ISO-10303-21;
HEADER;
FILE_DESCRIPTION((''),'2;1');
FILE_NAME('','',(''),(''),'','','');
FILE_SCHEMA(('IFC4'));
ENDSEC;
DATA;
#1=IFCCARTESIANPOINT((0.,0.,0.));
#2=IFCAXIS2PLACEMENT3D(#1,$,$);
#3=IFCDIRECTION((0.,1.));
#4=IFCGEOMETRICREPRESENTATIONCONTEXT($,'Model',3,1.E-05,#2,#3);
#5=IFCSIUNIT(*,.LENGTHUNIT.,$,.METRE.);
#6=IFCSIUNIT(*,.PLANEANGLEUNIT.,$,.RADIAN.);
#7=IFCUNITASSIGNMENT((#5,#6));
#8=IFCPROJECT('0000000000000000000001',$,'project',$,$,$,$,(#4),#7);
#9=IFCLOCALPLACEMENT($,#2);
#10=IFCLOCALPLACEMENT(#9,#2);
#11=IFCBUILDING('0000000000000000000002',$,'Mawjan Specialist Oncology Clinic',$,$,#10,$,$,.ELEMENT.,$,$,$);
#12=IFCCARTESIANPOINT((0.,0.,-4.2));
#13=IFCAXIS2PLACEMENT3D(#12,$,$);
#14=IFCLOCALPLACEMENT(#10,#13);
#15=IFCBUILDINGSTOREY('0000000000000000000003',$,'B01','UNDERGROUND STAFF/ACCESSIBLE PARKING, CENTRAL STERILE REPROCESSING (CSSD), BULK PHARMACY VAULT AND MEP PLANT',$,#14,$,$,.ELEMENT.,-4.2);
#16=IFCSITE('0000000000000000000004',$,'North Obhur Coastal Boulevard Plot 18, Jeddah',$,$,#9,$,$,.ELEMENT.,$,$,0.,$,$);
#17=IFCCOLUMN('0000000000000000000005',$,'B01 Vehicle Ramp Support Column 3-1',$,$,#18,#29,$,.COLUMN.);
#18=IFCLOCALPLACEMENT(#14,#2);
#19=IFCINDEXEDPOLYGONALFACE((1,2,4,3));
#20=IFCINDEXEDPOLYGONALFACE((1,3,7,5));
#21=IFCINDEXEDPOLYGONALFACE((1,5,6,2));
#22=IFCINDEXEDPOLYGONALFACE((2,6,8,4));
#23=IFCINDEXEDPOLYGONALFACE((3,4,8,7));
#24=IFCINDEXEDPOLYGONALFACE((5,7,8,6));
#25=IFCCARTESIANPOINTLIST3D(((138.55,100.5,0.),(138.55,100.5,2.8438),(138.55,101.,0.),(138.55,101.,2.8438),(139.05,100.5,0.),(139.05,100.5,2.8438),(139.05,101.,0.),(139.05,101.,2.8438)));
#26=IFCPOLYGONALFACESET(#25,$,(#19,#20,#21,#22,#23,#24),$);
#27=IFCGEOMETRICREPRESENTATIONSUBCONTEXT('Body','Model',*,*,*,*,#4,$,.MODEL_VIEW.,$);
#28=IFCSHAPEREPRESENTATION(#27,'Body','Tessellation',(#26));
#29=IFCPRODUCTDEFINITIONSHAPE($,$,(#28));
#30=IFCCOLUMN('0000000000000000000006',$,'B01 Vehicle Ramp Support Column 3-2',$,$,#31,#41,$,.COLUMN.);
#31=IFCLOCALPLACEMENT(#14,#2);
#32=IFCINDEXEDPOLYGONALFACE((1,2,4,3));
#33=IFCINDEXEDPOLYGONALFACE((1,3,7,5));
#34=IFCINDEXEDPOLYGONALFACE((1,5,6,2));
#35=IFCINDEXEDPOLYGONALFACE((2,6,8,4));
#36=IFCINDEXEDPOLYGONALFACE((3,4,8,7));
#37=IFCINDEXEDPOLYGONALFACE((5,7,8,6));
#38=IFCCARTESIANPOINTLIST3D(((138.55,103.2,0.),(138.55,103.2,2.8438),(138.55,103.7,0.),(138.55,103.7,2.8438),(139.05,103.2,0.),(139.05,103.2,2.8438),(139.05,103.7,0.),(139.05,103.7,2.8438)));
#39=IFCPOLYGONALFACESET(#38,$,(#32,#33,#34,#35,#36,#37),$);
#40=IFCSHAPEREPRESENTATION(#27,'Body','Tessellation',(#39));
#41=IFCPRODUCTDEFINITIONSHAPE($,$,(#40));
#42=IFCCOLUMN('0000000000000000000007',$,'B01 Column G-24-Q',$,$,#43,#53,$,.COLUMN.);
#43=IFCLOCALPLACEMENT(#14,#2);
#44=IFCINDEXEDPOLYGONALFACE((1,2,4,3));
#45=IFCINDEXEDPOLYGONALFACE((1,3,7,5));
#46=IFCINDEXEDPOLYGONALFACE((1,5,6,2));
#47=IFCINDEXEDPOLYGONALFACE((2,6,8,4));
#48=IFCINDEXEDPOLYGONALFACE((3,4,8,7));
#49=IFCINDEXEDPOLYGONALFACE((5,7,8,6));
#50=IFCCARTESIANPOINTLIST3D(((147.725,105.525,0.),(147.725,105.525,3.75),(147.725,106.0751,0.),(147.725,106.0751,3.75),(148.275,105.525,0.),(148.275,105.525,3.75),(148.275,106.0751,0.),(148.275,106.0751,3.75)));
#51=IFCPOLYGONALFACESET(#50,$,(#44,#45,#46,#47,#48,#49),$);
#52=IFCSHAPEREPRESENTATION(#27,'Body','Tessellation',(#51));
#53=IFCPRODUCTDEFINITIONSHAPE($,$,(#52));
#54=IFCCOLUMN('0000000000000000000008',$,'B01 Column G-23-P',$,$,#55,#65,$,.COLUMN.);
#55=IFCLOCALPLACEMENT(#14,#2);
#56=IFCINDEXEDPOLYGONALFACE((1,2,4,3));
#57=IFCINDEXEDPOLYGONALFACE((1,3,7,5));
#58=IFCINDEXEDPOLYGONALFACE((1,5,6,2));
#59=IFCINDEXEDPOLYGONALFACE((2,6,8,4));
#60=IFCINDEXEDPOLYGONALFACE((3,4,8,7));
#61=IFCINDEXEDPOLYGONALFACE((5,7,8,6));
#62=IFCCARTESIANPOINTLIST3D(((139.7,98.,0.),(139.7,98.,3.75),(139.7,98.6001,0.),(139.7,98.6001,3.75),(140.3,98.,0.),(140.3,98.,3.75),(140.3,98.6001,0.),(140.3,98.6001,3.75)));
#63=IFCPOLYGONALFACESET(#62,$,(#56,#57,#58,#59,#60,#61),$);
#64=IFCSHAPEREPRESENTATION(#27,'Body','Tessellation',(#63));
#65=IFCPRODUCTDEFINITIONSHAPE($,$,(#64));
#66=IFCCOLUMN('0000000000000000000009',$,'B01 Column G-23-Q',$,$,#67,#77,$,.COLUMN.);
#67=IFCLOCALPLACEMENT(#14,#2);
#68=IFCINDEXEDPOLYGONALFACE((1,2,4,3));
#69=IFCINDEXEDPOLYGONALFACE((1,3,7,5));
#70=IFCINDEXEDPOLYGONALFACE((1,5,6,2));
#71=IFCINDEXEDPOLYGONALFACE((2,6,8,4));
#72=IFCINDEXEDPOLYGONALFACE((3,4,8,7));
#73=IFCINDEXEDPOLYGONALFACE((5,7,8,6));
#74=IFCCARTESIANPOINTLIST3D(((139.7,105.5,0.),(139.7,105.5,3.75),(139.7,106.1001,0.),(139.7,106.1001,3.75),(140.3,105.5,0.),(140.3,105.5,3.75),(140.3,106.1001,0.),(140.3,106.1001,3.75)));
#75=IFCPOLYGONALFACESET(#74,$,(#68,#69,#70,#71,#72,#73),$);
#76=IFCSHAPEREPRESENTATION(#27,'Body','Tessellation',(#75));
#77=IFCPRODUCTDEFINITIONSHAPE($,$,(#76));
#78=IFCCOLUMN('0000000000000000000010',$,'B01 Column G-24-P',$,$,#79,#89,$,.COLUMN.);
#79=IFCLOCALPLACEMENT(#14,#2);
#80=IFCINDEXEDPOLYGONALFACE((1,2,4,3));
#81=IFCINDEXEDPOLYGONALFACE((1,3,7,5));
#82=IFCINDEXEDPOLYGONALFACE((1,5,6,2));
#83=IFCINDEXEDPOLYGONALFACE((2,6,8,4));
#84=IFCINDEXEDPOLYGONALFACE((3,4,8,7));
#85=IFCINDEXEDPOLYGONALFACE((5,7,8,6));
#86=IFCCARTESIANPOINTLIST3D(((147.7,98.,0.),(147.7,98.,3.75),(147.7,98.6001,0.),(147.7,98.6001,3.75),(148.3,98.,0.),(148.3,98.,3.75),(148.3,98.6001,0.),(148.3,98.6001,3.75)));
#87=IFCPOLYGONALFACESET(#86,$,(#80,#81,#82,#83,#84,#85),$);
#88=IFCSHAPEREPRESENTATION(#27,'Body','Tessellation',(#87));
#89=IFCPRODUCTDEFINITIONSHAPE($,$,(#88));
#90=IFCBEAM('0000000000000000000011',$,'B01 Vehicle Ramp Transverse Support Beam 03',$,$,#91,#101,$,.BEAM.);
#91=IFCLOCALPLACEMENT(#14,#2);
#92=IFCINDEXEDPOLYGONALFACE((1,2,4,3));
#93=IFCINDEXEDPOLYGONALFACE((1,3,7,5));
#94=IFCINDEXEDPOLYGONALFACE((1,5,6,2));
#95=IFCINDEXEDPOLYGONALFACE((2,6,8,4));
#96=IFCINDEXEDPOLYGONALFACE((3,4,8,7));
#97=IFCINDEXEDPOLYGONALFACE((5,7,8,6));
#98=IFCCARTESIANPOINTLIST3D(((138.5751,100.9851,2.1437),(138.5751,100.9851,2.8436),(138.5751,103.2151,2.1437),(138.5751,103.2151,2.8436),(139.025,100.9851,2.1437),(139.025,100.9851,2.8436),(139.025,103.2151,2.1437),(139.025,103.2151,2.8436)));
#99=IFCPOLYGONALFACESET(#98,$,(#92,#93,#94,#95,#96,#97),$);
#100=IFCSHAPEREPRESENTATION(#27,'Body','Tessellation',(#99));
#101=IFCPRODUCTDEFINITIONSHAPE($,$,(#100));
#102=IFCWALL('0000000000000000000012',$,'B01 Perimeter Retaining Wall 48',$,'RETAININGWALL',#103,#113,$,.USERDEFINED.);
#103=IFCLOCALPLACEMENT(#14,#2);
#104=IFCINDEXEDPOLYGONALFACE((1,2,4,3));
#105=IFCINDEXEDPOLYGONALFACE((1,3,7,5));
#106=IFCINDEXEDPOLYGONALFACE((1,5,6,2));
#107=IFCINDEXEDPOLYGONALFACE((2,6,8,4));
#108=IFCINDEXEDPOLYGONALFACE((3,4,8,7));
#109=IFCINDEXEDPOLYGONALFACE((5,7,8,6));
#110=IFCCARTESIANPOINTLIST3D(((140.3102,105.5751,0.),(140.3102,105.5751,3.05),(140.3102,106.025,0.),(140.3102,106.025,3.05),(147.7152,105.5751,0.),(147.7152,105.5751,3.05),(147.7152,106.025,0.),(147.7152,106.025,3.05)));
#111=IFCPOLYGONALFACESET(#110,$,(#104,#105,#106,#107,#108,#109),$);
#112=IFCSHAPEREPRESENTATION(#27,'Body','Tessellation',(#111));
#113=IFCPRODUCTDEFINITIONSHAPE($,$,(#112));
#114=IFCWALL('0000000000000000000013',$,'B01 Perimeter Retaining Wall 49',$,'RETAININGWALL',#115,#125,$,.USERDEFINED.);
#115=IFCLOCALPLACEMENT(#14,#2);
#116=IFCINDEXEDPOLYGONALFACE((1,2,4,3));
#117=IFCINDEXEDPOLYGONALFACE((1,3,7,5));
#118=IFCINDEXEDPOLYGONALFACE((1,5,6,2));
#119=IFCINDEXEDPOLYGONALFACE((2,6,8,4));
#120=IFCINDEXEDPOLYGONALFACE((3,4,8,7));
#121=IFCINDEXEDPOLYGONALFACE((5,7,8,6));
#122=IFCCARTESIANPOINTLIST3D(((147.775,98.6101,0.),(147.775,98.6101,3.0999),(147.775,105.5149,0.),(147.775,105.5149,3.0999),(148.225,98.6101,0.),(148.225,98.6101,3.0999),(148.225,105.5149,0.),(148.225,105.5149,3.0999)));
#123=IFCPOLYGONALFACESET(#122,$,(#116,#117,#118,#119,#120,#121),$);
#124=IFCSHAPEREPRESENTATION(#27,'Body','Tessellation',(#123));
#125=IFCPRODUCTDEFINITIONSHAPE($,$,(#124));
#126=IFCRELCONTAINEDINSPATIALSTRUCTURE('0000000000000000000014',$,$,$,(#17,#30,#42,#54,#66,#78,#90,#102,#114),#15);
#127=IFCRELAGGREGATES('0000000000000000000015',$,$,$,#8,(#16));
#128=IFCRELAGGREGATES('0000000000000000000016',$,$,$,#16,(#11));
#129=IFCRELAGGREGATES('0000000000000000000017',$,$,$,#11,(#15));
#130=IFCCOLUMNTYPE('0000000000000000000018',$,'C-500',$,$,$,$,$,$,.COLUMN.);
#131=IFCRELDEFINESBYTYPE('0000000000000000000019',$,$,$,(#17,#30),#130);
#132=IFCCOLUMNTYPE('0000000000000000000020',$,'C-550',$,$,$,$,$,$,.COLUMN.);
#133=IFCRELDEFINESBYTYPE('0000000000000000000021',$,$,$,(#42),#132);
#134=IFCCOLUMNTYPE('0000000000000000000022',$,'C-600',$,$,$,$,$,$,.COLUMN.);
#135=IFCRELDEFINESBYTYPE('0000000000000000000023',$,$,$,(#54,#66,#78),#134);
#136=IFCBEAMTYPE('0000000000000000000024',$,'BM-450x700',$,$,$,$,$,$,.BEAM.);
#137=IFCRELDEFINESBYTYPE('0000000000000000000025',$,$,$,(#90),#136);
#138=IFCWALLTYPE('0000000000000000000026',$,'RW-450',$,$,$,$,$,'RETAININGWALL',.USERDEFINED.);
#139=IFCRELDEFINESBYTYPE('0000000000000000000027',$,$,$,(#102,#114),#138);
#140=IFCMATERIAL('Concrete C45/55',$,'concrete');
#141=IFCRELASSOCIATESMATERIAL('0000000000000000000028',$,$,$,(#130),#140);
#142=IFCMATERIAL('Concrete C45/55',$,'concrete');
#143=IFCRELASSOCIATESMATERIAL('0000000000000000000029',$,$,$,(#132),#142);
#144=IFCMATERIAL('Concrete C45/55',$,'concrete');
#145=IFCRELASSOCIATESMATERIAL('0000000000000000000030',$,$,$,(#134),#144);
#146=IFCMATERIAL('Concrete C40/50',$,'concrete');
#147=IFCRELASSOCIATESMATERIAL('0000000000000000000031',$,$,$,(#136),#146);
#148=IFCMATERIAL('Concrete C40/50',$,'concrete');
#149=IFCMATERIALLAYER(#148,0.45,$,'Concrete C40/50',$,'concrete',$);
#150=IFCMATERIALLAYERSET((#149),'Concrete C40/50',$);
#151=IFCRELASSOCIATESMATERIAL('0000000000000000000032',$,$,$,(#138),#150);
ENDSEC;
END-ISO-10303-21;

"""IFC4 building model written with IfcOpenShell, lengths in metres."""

from ifc_helpers import new_model, si_unit, direction, frame, frame_2d, origin, origin_2d, place, context, subcontext, project, spatial, rectangle, extrude, material, layer, layer_set, material_profile, profile_set, type_object, element, save


model = new_model("IFC4")

# Units and contexts
model_context = context("Model", 3, precision=1e-05, world=origin(), true_north=direction((0.0, 1.0)))
body_context = subcontext(model_context, "Body", "Model", "MODEL_VIEW")
ifc_project = project(units=[si_unit("LENGTHUNIT", "METRE"), si_unit("PLANEANGLEUNIT", "RADIAN")], contexts=[model_context])

# Site, building, storey
site_placement = place(None, origin())
site = spatial("IfcSite", under=ifc_project, at=site_placement, Name="North Obhur Coastal Boulevard Plot 18, Jeddah", CompositionType="ELEMENT", RefElevation=0.0)
building_placement = place(site_placement, origin())
building = spatial("IfcBuilding", under=site, at=building_placement, Name="Mawjan Specialist Oncology Clinic", CompositionType="ELEMENT")
storey_placement = place(building_placement, frame((0.0, 0.0, -4.2)))
storey = spatial("IfcBuildingStorey", under=building, at=storey_placement, Name="B01", Description="UNDERGROUND STAFF/ACCESSIBLE PARKING, CENTRAL STERILE REPROCESSING (CSSD), BULK PHARMACY VAULT AND MEP PLANT", CompositionType="ELEMENT", Elevation=-4.2)

# Columns
ifc_material_1 = material(Name="Concrete C45/55", Category="concrete")
ifc_material_profile_1 = material_profile(ifc_material_1, rectangle(XDim=0.5, YDim=0.5, at=origin_2d()), Name="RC COL 500x500", Category="concrete")
ifc_profile_set_1 = profile_set([ifc_material_profile_1], Name="Concrete C45/55")
column_type_1 = type_object("IfcColumnType", Name="C-500", PredefinedType="COLUMN", material=ifc_profile_set_1)
for number, where, z_axis, x_axis, name in (
    (1, (138.8, 100.75, 0.0), (0.0, 0.0, 1.0), (1.0, 0.0, 0.0), "B01 Vehicle Ramp Support Column 3-1"),
    (2, (138.8, 103.45, 0.0), (0.0, 0.0, 1.0), (1.0, 0.0, 0.0), "B01 Vehicle Ramp Support Column 3-2"),
):
    element("IfcColumn", number, at=place(storey_placement, frame(where, z_axis=z_axis, x_axis=x_axis)), inside=storey, type_object=column_type_1, Name=name, PredefinedType="COLUMN", context=body_context, shape_type="SweptSolid", body=[
        extrude(rectangle(XDim=0.5, YDim=0.5, at=origin_2d()), origin(), (0.0, 0.0, 1.0), 2.8438),
    ])
ifc_material_2 = material(Name="Concrete C45/55", Category="concrete")
ifc_material_profile_2 = material_profile(ifc_material_2, rectangle(XDim=0.55, YDim=0.55, at=origin_2d()), Name="RC COL 550x550", Category="concrete")
ifc_profile_set_2 = profile_set([ifc_material_profile_2], Name="Concrete C45/55")
column_type_2 = type_object("IfcColumnType", Name="C-550", PredefinedType="COLUMN", material=ifc_profile_set_2)
column_placement = place(storey_placement, frame((148.0, 105.8, 0.0), z_axis=(0.0, 0.0, 1.0), x_axis=(1.0, 0.0, 0.0)))
element("IfcColumn", 3, at=column_placement, inside=storey, type_object=column_type_2, Name="B01 Column G-24-Q", PredefinedType="COLUMN", context=body_context, shape_type="SweptSolid", body=[
    extrude(rectangle(XDim=0.55, YDim=0.55, at=origin_2d()), origin(), (0.0, 0.0, 1.0), 3.75),
])
ifc_material_3 = material(Name="Concrete C45/55", Category="concrete")
ifc_material_profile_3 = material_profile(ifc_material_3, rectangle(XDim=0.6001, YDim=0.6001, at=origin_2d()), Name="RC COL 600x600", Category="concrete")
ifc_profile_set_3 = profile_set([ifc_material_profile_3], Name="Concrete C45/55")
column_type_3 = type_object("IfcColumnType", Name="C-600", PredefinedType="COLUMN", material=ifc_profile_set_3)
for number, where, z_axis, x_axis, name in (
    (4, (140.0, 98.3, 0.0), (0.0, 0.0, 1.0), (1.0, 0.0, 0.0), "B01 Column G-23-P"),
    (5, (140.0, 105.8, 0.0), (0.0, 0.0, 1.0), (1.0, 0.0, 0.0), "B01 Column G-23-Q"),
    (6, (148.0, 98.3, 0.0), (0.0, 0.0, 1.0), (1.0, 0.0, 0.0), "B01 Column G-24-P"),
):
    element("IfcColumn", number, at=place(storey_placement, frame(where, z_axis=z_axis, x_axis=x_axis)), inside=storey, type_object=column_type_3, Name=name, PredefinedType="COLUMN", context=body_context, shape_type="SweptSolid", body=[
        extrude(rectangle(XDim=0.6001, YDim=0.6001, at=origin_2d()), origin(), (0.0, 0.0, 1.0), 3.75),
    ])

# Beam
ifc_material_4 = material(Name="Concrete C40/50", Category="concrete")
ifc_material_profile_4 = material_profile(ifc_material_4, rectangle(XDim=0.45, YDim=0.7, at=origin_2d()), Name="RC BM 450x700", Category="concrete")
ifc_profile_set_4 = profile_set([ifc_material_profile_4], Name="Concrete C40/50")
beam_type = type_object("IfcBeamType", Name="BM-450x700", PredefinedType="BEAM", material=ifc_profile_set_4)
beam_placement = place(storey_placement, frame((138.8, 100.9851, 2.4937), z_axis=(0.0, 1.0, 0.0), x_axis=(-1.0, 0.0, 0.0)))
element("IfcBeam", 7, at=beam_placement, inside=storey, type_object=beam_type, Name="B01 Vehicle Ramp Transverse Support Beam 03", PredefinedType="BEAM", context=body_context, shape_type="SweptSolid", body=[
    extrude(rectangle(XDim=0.45, YDim=0.7, at=origin_2d()), origin(), (0.0, 0.0, 1.0), 2.23),
])

# Walls
ifc_material_5 = material(Name="Concrete C40/50", Category="concrete")
ifc_layer = layer(ifc_material_5, 0.45, Name="Concrete C40/50", Category="concrete")
ifc_layer_set = layer_set([ifc_layer], Name="Concrete C40/50")
wall_type = type_object("IfcWallType", Name="RW-450", ElementType="RETAININGWALL", PredefinedType="USERDEFINED", material=ifc_layer_set)
wall_1_placement = place(storey_placement, frame((140.3101, 105.8, 0.0), z_axis=(0.0, 0.0, 1.0), x_axis=(1.0, 0.0, 0.0)))
element("IfcWall", 8, at=wall_1_placement, inside=storey, type_object=wall_type, Name="B01 Perimeter Retaining Wall 48", ObjectType="RETAININGWALL", PredefinedType="USERDEFINED", context=body_context, shape_type="SweptSolid", body=[
    extrude(rectangle(XDim=7.405, YDim=0.45, at=frame_2d((3.7026, 0.0))), origin(), (0.0, 0.0, 1.0), 3.05),
])
wall_2_placement = place(storey_placement, frame((148.0, 105.5149, 0.0), z_axis=(0.0, 0.0, 1.0), x_axis=(0.0, -1.0, 0.0)))
element("IfcWall", 9, at=wall_2_placement, inside=storey, type_object=wall_type, Name="B01 Perimeter Retaining Wall 49", ObjectType="RETAININGWALL", PredefinedType="USERDEFINED", context=body_context, shape_type="SweptSolid", body=[
    extrude(rectangle(XDim=6.9048, YDim=0.45, at=frame_2d((3.4524, 0.0))), origin(), (0.0, 0.0, 1.0), 3.0999),
])

save(model, "model.ifc")
